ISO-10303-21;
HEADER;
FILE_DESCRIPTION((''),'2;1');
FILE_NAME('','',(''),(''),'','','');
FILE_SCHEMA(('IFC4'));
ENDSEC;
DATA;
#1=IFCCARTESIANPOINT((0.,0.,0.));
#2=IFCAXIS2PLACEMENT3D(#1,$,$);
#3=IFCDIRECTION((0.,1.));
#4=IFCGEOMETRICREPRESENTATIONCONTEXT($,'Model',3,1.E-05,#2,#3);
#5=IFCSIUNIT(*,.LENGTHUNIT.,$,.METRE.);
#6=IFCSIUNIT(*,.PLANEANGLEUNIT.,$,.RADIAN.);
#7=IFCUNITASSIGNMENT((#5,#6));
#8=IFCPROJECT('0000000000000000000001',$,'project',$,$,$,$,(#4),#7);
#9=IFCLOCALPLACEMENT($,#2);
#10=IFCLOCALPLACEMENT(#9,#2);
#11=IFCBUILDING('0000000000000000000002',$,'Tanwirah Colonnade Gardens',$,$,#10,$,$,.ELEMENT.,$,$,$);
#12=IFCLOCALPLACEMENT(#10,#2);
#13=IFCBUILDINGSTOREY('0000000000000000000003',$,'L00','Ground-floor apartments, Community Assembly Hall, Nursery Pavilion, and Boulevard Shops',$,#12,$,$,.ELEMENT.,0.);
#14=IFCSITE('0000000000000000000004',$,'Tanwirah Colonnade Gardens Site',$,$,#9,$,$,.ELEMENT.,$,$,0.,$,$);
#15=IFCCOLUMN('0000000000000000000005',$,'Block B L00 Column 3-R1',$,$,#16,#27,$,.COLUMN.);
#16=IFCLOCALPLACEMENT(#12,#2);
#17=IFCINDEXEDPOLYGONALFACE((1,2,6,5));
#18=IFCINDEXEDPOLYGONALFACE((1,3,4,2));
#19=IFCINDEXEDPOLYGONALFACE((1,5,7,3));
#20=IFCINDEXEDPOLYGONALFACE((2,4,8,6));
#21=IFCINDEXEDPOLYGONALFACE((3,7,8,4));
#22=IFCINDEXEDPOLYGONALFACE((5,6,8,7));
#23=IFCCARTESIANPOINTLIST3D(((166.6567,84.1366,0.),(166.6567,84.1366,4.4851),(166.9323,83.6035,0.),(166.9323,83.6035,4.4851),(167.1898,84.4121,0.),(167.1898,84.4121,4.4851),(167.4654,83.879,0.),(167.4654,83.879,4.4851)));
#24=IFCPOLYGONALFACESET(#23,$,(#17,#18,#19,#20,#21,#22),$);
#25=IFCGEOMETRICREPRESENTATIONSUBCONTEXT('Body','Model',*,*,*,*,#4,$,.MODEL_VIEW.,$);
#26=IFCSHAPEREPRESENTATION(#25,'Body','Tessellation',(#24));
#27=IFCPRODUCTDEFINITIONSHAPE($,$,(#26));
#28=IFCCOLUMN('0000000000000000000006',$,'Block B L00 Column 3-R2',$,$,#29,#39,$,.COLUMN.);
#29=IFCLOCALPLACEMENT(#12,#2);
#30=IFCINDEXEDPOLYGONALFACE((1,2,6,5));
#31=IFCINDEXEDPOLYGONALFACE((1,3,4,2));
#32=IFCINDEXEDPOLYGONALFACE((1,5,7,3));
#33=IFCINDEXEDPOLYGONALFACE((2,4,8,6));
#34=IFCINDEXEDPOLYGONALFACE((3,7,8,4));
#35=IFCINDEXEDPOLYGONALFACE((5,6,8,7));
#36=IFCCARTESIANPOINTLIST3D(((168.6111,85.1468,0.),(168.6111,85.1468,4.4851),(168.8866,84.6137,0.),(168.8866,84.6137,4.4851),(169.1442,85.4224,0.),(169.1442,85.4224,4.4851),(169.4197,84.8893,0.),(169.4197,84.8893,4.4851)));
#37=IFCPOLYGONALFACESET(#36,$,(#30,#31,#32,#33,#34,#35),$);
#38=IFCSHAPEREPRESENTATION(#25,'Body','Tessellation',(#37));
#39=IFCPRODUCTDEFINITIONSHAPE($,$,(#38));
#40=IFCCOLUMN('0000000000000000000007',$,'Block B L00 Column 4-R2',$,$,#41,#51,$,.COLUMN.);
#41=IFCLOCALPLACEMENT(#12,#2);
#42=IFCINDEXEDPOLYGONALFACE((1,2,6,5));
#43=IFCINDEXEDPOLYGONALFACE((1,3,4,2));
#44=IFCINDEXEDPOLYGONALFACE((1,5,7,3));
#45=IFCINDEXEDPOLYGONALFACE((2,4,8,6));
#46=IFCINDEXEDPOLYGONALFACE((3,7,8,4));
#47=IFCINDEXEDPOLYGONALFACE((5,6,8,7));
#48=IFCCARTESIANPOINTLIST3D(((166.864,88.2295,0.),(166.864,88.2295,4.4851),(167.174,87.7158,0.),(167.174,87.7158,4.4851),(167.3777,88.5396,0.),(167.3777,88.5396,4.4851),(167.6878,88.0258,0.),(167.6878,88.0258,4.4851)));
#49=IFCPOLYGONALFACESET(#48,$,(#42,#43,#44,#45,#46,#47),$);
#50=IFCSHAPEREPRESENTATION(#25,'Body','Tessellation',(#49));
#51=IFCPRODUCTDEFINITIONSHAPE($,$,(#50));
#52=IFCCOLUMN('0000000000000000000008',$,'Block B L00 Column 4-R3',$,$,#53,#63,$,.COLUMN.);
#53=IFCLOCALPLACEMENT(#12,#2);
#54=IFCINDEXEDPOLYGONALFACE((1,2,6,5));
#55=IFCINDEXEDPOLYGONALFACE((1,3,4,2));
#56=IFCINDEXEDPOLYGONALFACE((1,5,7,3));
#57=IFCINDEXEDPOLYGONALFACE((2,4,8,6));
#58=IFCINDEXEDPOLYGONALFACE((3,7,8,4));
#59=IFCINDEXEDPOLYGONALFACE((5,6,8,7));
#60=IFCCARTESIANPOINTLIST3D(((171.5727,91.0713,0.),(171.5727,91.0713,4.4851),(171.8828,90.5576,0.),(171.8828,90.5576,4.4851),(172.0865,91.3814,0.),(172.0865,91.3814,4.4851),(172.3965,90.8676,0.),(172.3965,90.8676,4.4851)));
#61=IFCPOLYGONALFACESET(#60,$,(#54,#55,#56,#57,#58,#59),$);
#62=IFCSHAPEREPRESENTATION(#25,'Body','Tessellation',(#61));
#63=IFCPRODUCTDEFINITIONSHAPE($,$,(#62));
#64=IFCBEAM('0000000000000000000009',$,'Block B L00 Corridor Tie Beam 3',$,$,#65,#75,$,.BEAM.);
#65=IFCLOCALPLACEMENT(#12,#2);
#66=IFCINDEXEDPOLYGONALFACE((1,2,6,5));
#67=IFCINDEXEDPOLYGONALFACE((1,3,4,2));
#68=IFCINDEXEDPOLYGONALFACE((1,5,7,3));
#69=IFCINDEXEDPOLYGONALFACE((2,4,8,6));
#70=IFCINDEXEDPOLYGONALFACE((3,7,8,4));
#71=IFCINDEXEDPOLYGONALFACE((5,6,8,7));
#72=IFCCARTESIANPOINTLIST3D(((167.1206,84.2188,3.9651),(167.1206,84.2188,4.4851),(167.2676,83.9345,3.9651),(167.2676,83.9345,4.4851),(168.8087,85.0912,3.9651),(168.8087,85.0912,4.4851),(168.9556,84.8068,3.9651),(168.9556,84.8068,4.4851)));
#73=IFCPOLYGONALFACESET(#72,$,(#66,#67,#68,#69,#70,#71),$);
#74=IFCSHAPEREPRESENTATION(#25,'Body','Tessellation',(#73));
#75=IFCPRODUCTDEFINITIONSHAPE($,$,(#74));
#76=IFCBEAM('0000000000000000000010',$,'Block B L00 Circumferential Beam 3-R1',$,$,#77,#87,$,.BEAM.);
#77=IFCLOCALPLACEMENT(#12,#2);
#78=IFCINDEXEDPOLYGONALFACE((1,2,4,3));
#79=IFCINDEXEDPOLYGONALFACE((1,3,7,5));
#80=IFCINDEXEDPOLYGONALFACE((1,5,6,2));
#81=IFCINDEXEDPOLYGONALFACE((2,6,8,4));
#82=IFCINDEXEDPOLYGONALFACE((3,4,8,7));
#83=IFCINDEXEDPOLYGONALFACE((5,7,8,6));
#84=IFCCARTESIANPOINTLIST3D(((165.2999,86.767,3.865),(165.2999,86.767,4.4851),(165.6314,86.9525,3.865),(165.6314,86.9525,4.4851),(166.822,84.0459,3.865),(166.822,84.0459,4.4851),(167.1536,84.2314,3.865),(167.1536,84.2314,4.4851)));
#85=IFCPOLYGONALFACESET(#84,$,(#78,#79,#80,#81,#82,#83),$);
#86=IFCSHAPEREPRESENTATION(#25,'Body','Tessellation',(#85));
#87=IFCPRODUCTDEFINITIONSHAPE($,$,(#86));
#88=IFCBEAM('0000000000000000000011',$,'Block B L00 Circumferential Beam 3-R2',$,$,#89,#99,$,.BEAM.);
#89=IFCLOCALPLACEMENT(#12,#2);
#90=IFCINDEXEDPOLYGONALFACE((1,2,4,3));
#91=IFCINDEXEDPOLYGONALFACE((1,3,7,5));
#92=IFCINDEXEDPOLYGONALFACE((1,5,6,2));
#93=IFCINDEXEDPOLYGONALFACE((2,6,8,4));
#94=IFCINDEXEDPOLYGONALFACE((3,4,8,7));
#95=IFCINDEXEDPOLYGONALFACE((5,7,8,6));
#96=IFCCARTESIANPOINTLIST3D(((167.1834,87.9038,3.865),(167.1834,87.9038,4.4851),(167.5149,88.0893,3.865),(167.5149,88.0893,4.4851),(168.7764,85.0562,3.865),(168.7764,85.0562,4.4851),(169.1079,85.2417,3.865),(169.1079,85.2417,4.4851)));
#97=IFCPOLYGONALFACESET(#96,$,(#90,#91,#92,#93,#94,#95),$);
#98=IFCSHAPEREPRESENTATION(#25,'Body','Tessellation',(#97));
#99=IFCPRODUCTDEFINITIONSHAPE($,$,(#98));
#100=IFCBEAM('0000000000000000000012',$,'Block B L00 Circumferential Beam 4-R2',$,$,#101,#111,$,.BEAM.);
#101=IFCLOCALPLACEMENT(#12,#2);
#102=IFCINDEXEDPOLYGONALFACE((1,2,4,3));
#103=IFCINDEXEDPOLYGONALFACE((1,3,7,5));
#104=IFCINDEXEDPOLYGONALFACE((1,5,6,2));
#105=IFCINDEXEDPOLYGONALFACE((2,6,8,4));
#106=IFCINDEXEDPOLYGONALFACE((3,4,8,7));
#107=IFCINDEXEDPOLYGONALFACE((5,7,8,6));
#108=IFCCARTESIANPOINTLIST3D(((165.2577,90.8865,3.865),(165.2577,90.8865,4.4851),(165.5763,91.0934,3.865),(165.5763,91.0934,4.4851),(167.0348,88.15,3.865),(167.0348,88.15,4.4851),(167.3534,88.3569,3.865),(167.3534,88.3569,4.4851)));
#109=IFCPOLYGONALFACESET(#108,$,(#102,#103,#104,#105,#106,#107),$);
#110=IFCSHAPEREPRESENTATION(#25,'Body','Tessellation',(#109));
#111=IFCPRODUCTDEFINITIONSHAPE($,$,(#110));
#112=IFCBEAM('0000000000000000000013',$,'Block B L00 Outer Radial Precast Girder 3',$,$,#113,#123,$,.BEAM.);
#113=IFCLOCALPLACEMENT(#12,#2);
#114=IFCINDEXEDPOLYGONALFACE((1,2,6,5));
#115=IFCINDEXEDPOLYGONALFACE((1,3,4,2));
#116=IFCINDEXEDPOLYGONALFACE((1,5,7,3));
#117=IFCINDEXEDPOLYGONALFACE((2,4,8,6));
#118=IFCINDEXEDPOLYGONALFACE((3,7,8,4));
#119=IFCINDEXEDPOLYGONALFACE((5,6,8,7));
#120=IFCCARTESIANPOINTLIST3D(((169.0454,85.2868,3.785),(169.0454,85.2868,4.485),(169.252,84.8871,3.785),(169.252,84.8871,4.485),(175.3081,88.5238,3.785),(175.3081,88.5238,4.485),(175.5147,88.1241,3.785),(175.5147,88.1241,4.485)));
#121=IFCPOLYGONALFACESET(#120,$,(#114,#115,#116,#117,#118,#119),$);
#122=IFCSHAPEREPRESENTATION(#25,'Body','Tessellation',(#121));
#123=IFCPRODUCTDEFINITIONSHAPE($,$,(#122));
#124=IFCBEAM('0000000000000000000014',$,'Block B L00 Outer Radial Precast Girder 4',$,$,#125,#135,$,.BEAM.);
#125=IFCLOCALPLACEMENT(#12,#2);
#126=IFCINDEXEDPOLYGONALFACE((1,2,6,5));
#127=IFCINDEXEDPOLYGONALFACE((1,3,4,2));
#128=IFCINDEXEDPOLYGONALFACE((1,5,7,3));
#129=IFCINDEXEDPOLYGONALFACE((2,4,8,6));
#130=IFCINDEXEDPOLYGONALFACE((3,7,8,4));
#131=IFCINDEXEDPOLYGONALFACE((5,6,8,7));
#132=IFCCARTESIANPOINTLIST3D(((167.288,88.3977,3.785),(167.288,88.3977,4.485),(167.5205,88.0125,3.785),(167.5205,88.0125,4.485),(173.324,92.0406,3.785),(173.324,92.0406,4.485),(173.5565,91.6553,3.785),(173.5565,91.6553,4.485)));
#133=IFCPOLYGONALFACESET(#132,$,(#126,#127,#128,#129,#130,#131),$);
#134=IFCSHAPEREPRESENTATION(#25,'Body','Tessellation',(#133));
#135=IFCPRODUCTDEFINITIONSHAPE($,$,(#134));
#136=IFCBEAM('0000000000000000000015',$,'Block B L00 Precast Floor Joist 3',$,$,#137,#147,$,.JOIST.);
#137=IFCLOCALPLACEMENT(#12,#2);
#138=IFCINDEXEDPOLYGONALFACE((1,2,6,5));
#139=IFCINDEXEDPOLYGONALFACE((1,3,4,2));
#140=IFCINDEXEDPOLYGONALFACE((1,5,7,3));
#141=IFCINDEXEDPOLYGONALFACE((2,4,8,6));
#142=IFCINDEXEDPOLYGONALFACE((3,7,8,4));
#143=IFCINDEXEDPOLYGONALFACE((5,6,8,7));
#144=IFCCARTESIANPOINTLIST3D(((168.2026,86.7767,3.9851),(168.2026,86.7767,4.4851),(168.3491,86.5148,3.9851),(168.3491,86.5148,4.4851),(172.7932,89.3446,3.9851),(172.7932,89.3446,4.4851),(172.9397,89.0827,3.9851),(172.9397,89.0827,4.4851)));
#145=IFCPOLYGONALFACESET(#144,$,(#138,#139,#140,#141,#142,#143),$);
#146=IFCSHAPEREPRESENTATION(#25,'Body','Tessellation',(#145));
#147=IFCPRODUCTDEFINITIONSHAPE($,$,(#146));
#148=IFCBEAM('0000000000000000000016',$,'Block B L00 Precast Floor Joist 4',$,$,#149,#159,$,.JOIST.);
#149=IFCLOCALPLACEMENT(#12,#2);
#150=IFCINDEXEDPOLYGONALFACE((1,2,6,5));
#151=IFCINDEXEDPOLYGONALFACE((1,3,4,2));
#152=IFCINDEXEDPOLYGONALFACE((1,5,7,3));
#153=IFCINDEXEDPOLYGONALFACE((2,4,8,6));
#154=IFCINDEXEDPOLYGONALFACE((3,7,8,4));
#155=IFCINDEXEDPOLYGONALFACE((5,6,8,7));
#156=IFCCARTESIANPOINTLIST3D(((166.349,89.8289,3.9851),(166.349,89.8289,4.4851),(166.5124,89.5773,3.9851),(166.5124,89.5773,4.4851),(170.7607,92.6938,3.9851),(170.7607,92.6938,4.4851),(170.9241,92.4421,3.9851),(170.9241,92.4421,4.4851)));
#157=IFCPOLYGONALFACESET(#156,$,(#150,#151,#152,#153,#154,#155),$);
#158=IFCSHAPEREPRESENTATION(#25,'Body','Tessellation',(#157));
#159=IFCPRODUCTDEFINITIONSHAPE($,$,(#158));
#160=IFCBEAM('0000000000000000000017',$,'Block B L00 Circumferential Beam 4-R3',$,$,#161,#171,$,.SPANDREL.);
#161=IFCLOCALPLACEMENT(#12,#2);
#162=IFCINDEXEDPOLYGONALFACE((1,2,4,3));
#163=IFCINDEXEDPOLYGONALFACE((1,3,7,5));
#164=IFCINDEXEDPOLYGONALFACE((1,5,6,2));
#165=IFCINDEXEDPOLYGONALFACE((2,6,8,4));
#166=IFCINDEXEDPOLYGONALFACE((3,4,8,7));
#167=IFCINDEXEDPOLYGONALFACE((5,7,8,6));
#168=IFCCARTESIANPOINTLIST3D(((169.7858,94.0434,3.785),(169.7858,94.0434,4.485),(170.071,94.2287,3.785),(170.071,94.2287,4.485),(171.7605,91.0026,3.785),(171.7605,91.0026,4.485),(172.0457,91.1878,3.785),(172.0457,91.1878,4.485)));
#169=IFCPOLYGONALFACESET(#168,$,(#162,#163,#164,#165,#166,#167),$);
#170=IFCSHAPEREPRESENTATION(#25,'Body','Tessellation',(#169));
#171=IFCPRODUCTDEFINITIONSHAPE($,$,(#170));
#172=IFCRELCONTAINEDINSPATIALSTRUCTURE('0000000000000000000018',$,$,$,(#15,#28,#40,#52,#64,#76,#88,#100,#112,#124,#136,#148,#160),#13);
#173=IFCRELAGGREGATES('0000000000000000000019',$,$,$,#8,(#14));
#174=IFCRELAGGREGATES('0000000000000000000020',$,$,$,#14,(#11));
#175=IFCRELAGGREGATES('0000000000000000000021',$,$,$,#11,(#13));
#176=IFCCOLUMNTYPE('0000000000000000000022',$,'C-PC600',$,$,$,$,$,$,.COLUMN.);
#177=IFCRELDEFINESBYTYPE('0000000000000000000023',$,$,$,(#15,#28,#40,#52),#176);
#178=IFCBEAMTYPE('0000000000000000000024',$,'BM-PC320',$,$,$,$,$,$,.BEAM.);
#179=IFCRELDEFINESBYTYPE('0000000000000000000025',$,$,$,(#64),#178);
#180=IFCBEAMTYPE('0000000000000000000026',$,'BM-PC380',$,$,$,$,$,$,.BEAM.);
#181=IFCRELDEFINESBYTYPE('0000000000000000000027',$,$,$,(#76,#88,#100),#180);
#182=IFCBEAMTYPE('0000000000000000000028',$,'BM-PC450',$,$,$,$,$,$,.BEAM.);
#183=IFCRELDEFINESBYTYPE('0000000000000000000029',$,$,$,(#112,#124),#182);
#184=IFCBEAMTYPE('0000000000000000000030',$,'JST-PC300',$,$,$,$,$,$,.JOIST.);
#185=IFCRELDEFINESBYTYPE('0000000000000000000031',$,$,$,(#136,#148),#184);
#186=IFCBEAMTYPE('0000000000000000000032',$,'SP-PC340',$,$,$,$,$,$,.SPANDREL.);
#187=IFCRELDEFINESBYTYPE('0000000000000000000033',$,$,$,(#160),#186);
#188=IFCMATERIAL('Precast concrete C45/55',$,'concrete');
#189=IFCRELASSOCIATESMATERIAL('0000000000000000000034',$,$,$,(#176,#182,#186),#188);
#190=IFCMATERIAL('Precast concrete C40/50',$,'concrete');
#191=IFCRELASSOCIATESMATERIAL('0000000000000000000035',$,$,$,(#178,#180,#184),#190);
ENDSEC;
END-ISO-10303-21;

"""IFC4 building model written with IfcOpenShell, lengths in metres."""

from ifc_helpers import new_model, si_unit, direction, frame, origin, origin_2d, place, context, subcontext, project, spatial, rectangle, extrude, material, material_profile, profile_set, type_object, element, save


model = new_model("IFC4")

# Units and contexts
model_context = context("Model", 3, precision=1e-05, world=origin(), true_north=direction((0.0, 1.0)))
body_context = subcontext(model_context, "Body", "Model", "MODEL_VIEW")
ifc_project = project(units=[si_unit("LENGTHUNIT", "METRE"), si_unit("PLANEANGLEUNIT", "RADIAN")], contexts=[model_context])

# Site, building, storey
site_placement = place(None, origin())
site = spatial("IfcSite", under=ifc_project, at=site_placement, Name="Tanwirah Colonnade Gardens Site", CompositionType="ELEMENT", RefElevation=0.0)
building_placement = place(site_placement, origin())
building = spatial("IfcBuilding", under=site, at=building_placement, Name="Tanwirah Colonnade Gardens", CompositionType="ELEMENT")
storey_placement = place(building_placement, origin())
storey = spatial("IfcBuildingStorey", under=building, at=storey_placement, Name="L00", Description="Ground-floor apartments, Community Assembly Hall, Nursery Pavilion, and Boulevard Shops", CompositionType="ELEMENT", Elevation=0.0)

# Columns
ifc_material_1 = material(Name="Precast concrete C45/55", Category="concrete")
ifc_material_profile_1 = material_profile(ifc_material_1, rectangle(XDim=0.6001, YDim=0.6001, at=origin_2d()), Name="PC-COL 600x600")
ifc_profile_set_1 = profile_set([ifc_material_profile_1], Name="Precast concrete C45/55")
column_type = type_object("IfcColumnType", Name="C-PC600", PredefinedType="COLUMN", material=ifc_profile_set_1)
for number, where, z_axis, x_axis, name in (
    (1, (167.061, 84.0078, 0.0), (0.0, 0.0, 1.0), (0.88835, 0.459166, 0.0), "Block B L00 Column 3-R1"),
    (2, (169.0154, 85.0181, 0.0), (0.0, 0.0, 1.0), (0.88835, 0.459166, 0.0), "Block B L00 Column 3-R2"),
    (3, (167.2759, 88.1277, 0.0), (0.0, 0.0, 1.0), (0.856167, 0.516699, 0.0), "Block B L00 Column 4-R2"),
    (4, (171.9846, 90.9695, 0.0), (0.0, 0.0, 1.0), (0.856167, 0.516699, 0.0), "Block B L00 Column 4-R3"),
):
    element("IfcColumn", number, at=place(storey_placement, frame(where, z_axis=z_axis, x_axis=x_axis)), inside=storey, type_object=column_type, Name=name, PredefinedType="COLUMN", context=body_context, shape_type="SweptSolid", body=[
        extrude(rectangle(XDim=0.6001, YDim=0.6001, at=origin_2d()), origin(), (0.0, 0.0, 1.0), 4.4851),
    ])

# Beams
ifc_material_2 = material(Name="Precast concrete C40/50", Category="concrete")
ifc_material_profile_2 = material_profile(ifc_material_2, rectangle(XDim=0.3201, YDim=0.52, at=origin_2d()), Name="PC-BM 320x520")
ifc_profile_set_2 = profile_set([ifc_material_profile_2], Name="Precast concrete C40/50")
beam_type_1 = type_object("IfcBeamType", Name="BM-PC320", PredefinedType="BEAM", material=ifc_profile_set_2)
beam_1_placement = place(storey_placement, frame((167.1941, 84.0767, 4.2251), z_axis=(0.888386, 0.459098, 0.0), x_axis=(-0.459098, 0.888386, 0.0)))
element("IfcBeam", 5, at=beam_1_placement, inside=storey, type_object=beam_type_1, Name="Block B L00 Corridor Tie Beam 3", PredefinedType="BEAM", context=body_context, shape_type="SweptSolid", body=[
    extrude(rectangle(XDim=0.3201, YDim=0.52, at=origin_2d()), origin(), (0.0, 0.0, 1.0), 1.9001),
])
ifc_material_profile_3 = material_profile(ifc_material_2, rectangle(XDim=0.3799, YDim=0.6201, at=origin_2d()), Name="PC-BM 380x620")
ifc_profile_set_3 = profile_set([ifc_material_profile_3], Name="Precast concrete C40/50")
beam_type_2 = type_object("IfcBeamType", Name="BM-PC380", PredefinedType="BEAM", material=ifc_profile_set_3)
beam_2_placement = place(storey_placement, frame((166.9878, 84.1387, 4.175), z_axis=(-0.4882, 0.872732, 0.0), x_axis=(-0.872732, -0.4882, 0.0)))
element("IfcBeam", 6, at=beam_2_placement, inside=storey, type_object=beam_type_2, Name="Block B L00 Circumferential Beam 3-R1", PredefinedType="BEAM", context=body_context, shape_type="SweptSolid", body=[
    extrude(rectangle(XDim=0.3799, YDim=0.6201, at=origin_2d()), origin(), (0.0, 0.0, 1.0), 3.1179),
])
for number, where, z_axis, x_axis, name in (
    (7, (168.9421, 85.1489, 4.175), (-0.488214, 0.872724, 0.0), (-0.872724, -0.488214, 0.0), "Block B L00 Circumferential Beam 3-R2"),
    (8, (167.1941, 88.2534, 4.175), (-0.544628, 0.838678, 0.0), (-0.838678, -0.544628, 0.0), "Block B L00 Circumferential Beam 4-R2"),
):
    element("IfcBeam", number, at=place(storey_placement, frame(where, z_axis=z_axis, x_axis=x_axis)), inside=storey, type_object=beam_type_2, Name=name, PredefinedType="BEAM", context=body_context, shape_type="SweptSolid", body=[
        extrude(rectangle(XDim=0.3799, YDim=0.6201, at=origin_2d()), origin(), (0.0, 0.0, 1.0), 3.2629),
    ])
ifc_material_profile_4 = material_profile(ifc_material_1, rectangle(XDim=0.45, YDim=0.7, at=origin_2d()), Name="PC-BM 450x700")
ifc_profile_set_4 = profile_set([ifc_material_profile_4], Name="Precast concrete C45/55")
beam_type_3 = type_object("IfcBeamType", Name="BM-PC450", PredefinedType="BEAM", material=ifc_profile_set_4)
beam_3_placement = place(storey_placement, frame((169.1487, 85.0869, 4.135), z_axis=(0.888349, 0.459169, 0.0), x_axis=(-0.459169, 0.888349, 0.0)))
element("IfcBeam", 9, at=beam_3_placement, inside=storey, type_object=beam_type_3, Name="Block B L00 Outer Radial Precast Girder 3", PredefinedType="BEAM", context=body_context, shape_type="SweptSolid", body=[
    extrude(rectangle(XDim=0.45, YDim=0.7, at=origin_2d()), origin(), (0.0, 0.0, 1.0), 7.0498),
])
beam_4_placement = place(storey_placement, frame((167.4043, 88.2051, 4.135), z_axis=(0.856158, 0.516714, 0.0), x_axis=(-0.516714, 0.856158, 0.0)))
element("IfcBeam", 10, at=beam_4_placement, inside=storey, type_object=beam_type_3, Name="Block B L00 Outer Radial Precast Girder 4", PredefinedType="BEAM", context=body_context, shape_type="SweptSolid", body=[
    extrude(rectangle(XDim=0.45, YDim=0.7, at=origin_2d()), origin(), (0.0, 0.0, 1.0), 7.05),
])
ifc_material_profile_5 = material_profile(ifc_material_2, rectangle(XDim=0.3, YDim=0.5, at=origin_2d()), Name="PC-JST 300x500")
ifc_profile_set_5 = profile_set([ifc_material_profile_5], Name="Precast concrete C40/50")
beam_type_4 = type_object("IfcBeamType", Name="JST-PC300", PredefinedType="JOIST", material=ifc_profile_set_5)
beam_5_placement = place(storey_placement, frame((168.2759, 86.6458, 4.2351), z_axis=(0.872737, 0.488191, 0.0), x_axis=(-0.488191, 0.872737, 0.0)))
element("IfcBeam", 11, at=beam_5_placement, inside=storey, type_object=beam_type_4, Name="Block B L00 Precast Floor Joist 3", PredefinedType="JOIST", context=body_context, shape_type="SweptSolid", body=[
    extrude(rectangle(XDim=0.3, YDim=0.5, at=origin_2d()), origin(), (0.0, 0.0, 1.0), 5.26),
])
beam_6_placement = place(storey_placement, frame((166.4307, 89.7031, 4.2351), z_axis=(0.838687, 0.544613, 0.0), x_axis=(-0.544613, 0.838687, 0.0)))
element("IfcBeam", 12, at=beam_6_placement, inside=storey, type_object=beam_type_4, Name="Block B L00 Precast Floor Joist 4", PredefinedType="JOIST", context=body_context, shape_type="SweptSolid", body=[
    extrude(rectangle(XDim=0.3, YDim=0.5, at=origin_2d()), origin(), (0.0, 0.0, 1.0), 5.2603),
])
ifc_material_profile_6 = material_profile(ifc_material_1, rectangle(XDim=0.3401, YDim=0.7, at=origin_2d()), Name="PC-SP 340x700")
ifc_profile_set_6 = profile_set([ifc_material_profile_6], Name="Precast concrete C45/55")
beam_type_5 = type_object("IfcBeamType", Name="SP-PC340", PredefinedType="SPANDREL", material=ifc_profile_set_6)
beam_7_placement = place(storey_placement, frame((171.9031, 91.0952, 4.135), z_axis=(-0.544621, 0.838682, 0.0), x_axis=(-0.838682, -0.544621, 0.0)))
element("IfcBeam", 13, at=beam_7_placement, inside=storey, type_object=beam_type_5, Name="Block B L00 Circumferential Beam 4-R3", PredefinedType="SPANDREL", context=body_context, shape_type="SweptSolid", body=[
    extrude(rectangle(XDim=0.3401, YDim=0.7, at=origin_2d()), origin(), (0.0, 0.0, 1.0), 3.6257),
])

save(model, "model.ifc")
